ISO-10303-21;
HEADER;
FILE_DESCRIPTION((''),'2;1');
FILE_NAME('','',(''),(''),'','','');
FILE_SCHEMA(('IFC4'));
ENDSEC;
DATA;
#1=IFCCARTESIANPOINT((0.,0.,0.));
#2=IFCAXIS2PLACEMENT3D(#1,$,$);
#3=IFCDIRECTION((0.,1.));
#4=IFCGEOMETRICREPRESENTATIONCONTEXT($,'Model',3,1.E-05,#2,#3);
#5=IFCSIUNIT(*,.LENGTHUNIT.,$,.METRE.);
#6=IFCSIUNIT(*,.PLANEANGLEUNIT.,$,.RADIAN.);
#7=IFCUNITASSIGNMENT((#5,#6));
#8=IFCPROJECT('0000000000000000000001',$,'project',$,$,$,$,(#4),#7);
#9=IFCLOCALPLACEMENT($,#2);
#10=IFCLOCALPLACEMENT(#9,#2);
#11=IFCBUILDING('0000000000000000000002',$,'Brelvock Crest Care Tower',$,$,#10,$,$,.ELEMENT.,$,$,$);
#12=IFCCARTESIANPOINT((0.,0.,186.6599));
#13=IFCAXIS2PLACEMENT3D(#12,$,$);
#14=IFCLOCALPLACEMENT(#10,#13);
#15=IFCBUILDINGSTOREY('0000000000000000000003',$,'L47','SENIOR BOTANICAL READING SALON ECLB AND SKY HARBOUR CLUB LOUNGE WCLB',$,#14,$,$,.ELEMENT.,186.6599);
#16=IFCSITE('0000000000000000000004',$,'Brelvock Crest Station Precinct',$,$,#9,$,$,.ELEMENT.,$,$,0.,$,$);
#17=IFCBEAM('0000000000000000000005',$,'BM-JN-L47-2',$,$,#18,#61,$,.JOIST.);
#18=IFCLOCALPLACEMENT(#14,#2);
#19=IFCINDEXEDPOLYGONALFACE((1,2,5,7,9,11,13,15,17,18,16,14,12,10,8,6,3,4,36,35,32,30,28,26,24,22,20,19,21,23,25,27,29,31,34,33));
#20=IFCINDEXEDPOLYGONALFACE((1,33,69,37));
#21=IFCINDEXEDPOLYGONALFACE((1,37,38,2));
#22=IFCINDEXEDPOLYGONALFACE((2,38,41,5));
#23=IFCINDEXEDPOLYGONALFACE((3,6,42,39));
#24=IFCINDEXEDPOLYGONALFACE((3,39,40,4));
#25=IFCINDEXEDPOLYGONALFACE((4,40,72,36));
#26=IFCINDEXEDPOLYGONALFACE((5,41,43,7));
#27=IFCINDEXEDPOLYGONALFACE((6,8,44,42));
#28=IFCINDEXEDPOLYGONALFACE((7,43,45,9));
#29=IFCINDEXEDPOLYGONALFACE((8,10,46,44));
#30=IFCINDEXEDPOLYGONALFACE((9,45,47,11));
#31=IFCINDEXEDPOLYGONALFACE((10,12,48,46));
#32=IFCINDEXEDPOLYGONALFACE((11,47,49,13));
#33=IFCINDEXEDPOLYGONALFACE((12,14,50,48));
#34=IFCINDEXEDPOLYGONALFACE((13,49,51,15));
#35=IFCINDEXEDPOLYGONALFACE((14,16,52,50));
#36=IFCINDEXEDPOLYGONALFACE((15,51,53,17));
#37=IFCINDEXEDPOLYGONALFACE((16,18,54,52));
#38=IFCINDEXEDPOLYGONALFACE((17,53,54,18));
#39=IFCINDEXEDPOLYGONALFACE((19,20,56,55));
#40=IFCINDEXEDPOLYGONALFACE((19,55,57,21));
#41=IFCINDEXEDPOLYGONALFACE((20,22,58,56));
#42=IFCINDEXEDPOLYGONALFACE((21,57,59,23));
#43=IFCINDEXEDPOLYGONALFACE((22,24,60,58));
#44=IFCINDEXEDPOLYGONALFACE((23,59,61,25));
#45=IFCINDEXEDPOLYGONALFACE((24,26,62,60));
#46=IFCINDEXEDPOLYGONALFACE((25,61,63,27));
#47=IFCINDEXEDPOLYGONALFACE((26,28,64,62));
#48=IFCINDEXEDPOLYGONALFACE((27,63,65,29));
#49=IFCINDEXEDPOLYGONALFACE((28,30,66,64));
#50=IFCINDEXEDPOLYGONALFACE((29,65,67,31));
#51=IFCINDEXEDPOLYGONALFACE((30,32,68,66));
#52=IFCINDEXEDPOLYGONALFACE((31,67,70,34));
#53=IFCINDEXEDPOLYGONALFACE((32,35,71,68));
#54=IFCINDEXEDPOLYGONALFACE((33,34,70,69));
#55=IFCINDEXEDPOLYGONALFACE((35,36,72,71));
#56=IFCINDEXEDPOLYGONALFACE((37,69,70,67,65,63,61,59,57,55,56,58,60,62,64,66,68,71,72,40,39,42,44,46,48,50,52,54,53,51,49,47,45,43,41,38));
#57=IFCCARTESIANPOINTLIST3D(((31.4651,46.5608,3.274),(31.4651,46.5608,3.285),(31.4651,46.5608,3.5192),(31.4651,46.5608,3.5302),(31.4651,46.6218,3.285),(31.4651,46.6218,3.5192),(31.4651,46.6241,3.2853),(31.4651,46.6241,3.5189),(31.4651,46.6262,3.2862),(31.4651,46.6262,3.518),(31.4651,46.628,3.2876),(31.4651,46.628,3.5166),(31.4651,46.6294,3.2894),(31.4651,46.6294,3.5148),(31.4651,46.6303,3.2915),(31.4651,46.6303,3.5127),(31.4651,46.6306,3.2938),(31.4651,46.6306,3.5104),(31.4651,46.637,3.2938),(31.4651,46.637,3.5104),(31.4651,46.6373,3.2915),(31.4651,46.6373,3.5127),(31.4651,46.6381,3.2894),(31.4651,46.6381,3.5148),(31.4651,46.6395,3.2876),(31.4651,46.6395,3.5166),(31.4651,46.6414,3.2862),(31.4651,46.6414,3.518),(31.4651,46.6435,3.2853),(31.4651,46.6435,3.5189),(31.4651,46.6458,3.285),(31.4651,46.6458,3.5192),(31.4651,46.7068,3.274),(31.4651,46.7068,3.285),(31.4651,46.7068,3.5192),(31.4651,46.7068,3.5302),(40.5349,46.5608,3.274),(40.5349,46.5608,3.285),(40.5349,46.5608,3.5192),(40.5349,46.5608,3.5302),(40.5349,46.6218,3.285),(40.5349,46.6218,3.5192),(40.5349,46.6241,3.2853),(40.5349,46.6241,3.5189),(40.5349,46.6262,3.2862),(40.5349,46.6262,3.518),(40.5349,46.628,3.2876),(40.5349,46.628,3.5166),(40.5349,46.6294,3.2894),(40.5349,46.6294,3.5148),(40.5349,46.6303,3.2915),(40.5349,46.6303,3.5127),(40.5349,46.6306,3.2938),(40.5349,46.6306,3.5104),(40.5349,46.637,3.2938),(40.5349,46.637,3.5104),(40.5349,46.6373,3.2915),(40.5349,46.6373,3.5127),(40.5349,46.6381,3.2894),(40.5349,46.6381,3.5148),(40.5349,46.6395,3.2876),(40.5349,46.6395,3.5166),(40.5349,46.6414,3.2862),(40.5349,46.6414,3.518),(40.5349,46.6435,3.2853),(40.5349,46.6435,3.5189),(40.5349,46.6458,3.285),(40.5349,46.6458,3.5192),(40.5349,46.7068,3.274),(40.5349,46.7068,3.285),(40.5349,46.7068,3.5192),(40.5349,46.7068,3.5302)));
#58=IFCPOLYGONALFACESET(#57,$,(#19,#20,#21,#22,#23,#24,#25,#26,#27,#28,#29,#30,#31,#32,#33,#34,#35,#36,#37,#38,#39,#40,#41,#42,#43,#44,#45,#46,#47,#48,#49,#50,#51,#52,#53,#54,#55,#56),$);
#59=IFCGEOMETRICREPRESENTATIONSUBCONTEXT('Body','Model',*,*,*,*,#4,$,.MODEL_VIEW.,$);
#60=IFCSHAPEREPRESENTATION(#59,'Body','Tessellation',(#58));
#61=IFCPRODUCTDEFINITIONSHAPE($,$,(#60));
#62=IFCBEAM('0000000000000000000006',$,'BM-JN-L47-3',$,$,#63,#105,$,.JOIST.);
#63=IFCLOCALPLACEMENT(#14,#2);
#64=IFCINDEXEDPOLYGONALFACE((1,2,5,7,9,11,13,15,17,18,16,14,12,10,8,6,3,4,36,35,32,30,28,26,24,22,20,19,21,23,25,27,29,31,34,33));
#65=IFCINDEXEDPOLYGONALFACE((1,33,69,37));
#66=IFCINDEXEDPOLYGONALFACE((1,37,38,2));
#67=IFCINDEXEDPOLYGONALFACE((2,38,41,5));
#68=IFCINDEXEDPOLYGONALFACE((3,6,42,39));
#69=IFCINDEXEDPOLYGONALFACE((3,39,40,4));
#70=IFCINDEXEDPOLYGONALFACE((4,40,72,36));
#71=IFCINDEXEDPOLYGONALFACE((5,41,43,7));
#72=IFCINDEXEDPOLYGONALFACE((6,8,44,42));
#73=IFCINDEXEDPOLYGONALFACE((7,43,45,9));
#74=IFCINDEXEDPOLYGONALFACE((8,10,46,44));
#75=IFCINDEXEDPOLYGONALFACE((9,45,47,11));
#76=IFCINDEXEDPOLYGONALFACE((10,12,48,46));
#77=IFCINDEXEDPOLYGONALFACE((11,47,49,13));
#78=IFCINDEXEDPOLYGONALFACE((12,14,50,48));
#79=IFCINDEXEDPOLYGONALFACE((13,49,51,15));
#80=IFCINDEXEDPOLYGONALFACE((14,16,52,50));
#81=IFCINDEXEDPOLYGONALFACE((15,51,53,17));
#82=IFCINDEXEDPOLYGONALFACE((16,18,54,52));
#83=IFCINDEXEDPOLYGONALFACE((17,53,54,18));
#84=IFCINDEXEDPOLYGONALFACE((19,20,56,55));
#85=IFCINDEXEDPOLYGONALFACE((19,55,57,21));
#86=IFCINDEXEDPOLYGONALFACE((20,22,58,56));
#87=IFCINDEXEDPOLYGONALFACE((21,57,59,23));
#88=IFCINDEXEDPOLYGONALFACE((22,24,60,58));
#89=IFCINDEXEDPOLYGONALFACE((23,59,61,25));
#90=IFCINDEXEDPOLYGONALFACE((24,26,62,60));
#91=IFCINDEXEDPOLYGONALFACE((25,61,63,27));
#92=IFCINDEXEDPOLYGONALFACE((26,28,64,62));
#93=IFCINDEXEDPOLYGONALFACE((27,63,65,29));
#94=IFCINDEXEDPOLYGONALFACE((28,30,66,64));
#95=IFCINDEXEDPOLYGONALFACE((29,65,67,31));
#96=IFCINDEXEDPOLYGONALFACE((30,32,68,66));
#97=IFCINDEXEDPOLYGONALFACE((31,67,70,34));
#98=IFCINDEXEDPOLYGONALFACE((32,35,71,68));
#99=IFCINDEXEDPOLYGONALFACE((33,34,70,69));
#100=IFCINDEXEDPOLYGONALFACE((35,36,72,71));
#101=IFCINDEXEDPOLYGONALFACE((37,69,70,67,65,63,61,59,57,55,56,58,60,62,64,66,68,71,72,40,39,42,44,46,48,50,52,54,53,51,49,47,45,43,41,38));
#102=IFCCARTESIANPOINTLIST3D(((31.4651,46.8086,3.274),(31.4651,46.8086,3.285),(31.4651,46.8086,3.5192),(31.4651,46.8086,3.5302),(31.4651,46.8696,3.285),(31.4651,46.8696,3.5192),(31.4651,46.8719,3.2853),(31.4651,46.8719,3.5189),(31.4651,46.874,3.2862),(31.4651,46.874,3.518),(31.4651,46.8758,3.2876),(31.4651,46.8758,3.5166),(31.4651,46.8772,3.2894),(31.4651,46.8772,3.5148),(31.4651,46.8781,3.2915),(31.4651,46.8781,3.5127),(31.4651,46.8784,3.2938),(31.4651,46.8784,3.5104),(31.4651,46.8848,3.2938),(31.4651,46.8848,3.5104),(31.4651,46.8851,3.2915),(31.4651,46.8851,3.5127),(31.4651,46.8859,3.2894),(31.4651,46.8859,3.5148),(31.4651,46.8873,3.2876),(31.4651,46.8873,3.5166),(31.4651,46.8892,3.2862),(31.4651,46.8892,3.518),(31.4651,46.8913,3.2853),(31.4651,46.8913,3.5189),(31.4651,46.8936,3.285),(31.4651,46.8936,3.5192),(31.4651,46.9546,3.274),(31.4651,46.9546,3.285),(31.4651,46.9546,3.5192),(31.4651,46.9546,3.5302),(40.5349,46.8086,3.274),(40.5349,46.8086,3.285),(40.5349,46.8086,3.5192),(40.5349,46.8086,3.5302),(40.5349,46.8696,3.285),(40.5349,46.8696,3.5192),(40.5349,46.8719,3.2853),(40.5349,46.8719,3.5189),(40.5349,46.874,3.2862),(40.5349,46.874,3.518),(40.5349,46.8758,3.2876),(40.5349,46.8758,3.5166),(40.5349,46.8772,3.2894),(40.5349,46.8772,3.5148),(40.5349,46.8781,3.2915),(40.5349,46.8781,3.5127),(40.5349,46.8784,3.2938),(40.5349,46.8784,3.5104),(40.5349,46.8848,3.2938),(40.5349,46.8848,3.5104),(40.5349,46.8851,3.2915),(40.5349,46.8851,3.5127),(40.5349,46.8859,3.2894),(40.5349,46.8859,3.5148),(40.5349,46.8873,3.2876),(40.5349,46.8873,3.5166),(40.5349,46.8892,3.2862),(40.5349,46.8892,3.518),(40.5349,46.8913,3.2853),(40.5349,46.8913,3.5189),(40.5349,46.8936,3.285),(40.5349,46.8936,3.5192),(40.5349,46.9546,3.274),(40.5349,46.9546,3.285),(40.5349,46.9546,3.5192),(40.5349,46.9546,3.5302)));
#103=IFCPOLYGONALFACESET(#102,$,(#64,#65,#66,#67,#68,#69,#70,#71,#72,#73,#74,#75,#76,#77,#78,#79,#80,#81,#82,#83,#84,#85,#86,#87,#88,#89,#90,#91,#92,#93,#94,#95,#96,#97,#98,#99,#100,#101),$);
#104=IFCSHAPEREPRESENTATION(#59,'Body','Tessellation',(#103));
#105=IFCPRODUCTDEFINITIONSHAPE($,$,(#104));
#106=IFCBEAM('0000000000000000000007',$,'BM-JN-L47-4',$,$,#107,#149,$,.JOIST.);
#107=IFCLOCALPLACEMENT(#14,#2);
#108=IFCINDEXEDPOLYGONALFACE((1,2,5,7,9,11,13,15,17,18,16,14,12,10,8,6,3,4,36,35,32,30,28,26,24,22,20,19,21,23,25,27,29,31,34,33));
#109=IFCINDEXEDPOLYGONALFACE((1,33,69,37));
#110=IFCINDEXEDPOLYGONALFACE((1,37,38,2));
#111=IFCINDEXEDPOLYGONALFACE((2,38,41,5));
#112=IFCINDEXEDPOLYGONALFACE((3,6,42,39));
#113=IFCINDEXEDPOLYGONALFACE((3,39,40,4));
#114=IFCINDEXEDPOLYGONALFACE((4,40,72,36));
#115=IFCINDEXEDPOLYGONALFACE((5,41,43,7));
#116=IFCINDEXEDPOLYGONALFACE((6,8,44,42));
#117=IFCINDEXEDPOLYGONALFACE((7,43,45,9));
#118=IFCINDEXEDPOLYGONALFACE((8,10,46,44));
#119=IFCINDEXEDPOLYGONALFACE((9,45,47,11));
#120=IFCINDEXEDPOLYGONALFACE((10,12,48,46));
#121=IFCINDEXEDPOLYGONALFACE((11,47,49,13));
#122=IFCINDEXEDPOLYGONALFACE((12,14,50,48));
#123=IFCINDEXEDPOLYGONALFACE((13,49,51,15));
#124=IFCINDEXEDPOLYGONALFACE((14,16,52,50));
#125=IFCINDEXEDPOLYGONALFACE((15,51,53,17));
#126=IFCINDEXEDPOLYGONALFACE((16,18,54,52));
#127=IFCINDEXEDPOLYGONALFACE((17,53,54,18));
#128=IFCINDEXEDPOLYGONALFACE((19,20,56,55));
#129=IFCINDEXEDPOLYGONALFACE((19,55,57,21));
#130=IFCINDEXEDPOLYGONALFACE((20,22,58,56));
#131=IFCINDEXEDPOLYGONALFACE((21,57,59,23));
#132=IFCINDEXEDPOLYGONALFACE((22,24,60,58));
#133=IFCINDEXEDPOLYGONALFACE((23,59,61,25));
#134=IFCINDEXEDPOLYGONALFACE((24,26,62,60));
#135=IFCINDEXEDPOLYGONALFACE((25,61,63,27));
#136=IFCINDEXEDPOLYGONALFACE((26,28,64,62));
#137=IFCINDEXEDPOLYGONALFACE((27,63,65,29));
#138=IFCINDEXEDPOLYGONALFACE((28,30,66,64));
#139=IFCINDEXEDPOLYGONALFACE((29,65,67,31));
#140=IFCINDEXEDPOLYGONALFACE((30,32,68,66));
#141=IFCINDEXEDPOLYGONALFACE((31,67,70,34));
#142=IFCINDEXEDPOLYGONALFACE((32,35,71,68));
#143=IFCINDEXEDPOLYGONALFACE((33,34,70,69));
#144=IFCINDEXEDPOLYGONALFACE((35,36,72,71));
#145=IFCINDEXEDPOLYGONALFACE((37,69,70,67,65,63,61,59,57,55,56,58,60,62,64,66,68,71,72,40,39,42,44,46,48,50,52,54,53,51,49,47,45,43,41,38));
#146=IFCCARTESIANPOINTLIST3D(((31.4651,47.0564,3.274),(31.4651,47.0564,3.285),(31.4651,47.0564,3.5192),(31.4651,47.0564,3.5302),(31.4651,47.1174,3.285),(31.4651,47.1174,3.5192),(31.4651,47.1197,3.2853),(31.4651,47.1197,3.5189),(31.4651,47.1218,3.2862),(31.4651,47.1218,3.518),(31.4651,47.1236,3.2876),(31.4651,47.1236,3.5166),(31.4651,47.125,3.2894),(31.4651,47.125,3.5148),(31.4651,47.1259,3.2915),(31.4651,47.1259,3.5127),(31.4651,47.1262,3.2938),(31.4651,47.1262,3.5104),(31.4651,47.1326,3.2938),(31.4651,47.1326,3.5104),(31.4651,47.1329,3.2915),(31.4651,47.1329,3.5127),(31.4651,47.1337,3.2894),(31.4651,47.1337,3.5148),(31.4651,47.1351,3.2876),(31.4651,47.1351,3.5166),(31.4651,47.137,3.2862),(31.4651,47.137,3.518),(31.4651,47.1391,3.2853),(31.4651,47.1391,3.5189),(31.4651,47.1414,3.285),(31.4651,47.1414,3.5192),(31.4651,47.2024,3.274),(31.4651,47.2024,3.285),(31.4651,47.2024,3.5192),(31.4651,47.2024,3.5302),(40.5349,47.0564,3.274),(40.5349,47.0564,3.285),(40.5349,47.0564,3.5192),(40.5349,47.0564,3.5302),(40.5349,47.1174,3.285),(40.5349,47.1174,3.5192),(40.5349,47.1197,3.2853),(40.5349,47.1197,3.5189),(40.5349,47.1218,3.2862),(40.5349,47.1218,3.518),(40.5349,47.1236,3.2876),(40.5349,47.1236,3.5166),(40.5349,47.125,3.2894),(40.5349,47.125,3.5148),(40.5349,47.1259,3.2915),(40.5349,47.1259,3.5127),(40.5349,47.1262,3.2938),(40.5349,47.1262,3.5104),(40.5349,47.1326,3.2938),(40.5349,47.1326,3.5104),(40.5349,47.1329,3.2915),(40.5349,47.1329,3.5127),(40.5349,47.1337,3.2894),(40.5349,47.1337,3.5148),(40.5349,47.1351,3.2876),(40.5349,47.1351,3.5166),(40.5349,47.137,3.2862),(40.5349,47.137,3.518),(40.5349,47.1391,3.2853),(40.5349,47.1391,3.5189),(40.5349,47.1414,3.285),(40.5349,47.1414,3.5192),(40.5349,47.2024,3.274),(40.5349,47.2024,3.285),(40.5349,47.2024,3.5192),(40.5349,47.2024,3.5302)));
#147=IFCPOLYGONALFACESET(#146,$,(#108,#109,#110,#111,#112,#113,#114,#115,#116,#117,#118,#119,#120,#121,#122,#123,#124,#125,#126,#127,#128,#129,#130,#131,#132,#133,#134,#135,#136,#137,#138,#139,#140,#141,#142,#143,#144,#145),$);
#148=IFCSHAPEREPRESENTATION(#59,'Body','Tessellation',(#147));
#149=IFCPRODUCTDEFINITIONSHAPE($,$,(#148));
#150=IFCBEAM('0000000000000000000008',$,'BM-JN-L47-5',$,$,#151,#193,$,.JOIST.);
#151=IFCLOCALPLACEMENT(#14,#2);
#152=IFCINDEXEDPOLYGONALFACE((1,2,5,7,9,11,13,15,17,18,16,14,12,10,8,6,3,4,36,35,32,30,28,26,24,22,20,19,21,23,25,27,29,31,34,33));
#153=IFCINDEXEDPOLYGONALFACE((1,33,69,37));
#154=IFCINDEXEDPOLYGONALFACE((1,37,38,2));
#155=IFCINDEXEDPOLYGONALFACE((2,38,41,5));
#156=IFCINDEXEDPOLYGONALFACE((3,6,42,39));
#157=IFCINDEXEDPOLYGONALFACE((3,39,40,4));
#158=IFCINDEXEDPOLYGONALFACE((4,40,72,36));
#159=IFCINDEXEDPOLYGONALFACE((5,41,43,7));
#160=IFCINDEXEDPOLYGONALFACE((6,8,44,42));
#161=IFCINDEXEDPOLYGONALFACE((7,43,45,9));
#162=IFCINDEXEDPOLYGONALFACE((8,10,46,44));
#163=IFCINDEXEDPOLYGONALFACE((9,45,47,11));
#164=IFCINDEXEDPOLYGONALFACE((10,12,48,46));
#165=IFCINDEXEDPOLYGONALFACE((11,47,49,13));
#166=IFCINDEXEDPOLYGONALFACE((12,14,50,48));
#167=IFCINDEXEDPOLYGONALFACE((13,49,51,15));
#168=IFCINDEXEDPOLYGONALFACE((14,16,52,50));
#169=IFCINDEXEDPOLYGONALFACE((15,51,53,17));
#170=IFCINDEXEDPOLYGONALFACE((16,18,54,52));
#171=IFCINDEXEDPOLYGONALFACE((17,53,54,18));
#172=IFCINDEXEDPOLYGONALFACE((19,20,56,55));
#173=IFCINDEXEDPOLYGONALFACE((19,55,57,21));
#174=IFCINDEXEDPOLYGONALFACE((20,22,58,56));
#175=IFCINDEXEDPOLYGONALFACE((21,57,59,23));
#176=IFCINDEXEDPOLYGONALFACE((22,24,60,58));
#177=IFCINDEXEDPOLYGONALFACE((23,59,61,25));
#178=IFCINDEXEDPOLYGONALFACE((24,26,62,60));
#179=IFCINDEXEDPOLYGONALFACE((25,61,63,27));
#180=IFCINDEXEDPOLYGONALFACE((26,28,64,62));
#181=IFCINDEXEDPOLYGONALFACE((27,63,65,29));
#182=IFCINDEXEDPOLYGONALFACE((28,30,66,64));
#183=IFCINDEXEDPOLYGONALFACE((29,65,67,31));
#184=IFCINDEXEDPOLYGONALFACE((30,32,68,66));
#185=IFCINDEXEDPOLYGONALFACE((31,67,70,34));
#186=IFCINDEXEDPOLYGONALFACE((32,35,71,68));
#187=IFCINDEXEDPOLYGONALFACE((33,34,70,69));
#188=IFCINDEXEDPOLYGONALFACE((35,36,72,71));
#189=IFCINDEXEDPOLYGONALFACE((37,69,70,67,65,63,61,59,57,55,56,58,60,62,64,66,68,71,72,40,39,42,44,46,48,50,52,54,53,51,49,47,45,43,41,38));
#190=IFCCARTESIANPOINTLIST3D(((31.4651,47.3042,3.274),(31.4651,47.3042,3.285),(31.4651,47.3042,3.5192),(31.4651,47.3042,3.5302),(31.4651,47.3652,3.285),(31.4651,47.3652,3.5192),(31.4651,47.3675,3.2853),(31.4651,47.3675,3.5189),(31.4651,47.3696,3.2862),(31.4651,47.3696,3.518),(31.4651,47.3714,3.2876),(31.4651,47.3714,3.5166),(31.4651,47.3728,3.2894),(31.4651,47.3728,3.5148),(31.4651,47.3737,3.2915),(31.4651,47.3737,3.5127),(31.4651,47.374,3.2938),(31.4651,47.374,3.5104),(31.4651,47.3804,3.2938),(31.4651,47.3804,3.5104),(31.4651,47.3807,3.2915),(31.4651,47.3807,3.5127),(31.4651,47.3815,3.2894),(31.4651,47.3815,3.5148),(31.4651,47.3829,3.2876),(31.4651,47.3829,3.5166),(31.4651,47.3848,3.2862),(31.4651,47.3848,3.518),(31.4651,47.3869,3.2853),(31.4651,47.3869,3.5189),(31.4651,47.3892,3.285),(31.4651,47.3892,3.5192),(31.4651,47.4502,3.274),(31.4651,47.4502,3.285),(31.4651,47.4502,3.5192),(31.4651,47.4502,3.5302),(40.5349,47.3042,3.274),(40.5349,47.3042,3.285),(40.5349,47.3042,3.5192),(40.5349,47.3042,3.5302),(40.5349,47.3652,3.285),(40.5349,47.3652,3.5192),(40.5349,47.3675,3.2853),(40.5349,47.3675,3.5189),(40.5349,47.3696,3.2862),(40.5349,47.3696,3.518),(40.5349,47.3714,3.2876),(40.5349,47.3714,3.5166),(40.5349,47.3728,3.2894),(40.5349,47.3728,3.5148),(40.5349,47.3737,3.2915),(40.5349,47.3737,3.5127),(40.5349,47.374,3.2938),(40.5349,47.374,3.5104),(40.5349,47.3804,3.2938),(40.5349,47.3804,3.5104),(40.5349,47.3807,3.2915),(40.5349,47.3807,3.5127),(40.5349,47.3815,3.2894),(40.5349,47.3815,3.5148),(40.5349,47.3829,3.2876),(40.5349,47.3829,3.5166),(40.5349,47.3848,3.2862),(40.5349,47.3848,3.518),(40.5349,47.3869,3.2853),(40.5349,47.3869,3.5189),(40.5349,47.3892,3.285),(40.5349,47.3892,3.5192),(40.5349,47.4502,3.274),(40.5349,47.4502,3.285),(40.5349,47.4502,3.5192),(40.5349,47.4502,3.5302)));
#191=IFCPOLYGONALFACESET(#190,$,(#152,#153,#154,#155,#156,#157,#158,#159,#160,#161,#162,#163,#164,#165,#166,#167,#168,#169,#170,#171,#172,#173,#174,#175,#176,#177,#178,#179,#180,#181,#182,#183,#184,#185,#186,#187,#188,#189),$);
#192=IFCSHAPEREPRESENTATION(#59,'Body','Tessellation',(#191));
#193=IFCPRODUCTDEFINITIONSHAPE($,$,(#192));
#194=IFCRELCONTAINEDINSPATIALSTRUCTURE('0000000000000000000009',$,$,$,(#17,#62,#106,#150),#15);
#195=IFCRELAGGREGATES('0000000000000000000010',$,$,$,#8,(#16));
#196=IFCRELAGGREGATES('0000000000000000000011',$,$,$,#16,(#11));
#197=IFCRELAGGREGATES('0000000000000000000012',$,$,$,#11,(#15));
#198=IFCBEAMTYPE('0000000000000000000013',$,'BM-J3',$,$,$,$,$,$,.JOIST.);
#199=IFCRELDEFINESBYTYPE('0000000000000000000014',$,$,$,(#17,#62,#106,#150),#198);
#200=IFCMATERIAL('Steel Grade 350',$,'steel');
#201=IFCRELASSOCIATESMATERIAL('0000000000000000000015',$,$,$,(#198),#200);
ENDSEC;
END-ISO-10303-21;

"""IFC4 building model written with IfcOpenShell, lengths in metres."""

from ifc_helpers import new_model, si_unit, direction, frame, origin, origin_2d, place, context, subcontext, project, spatial, i_section, extrude, source, transform, mapped, material, material_profile, profile_set, type_object, element, save


model = new_model("IFC4")

# Units and contexts
model_context = context("Model", 3, precision=1e-05, world=origin(), true_north=direction((0.0, 1.0)))
body_context = subcontext(model_context, "Body", "Model", "MODEL_VIEW")
ifc_project = project(units=[si_unit("LENGTHUNIT", "METRE"), si_unit("PLANEANGLEUNIT", "RADIAN")], contexts=[model_context])

# Site, building, storey
site_placement = place(None, origin())
site = spatial("IfcSite", under=ifc_project, at=site_placement, Name="Brelvock Crest Station Precinct", CompositionType="ELEMENT", RefElevation=0.0)
building_placement = place(site_placement, origin())
building = spatial("IfcBuilding", under=site, at=building_placement, Name="Brelvock Crest Care Tower", CompositionType="ELEMENT")
storey_placement = place(building_placement, frame((0.0, 0.0, 186.6599)))
storey = spatial("IfcBuildingStorey", under=building, at=storey_placement, Name="L47", Description="SENIOR BOTANICAL READING SALON ECLB AND SKY HARBOUR CLUB LOUNGE WCLB", CompositionType="ELEMENT", Elevation=186.6599)

# Shared definitions
ifc_material_1 = material(Name="Steel Grade 350", Category="steel")

# Beams
ifc_material_profile_1 = material_profile(ifc_material_1, i_section(OverallWidth=0.146, OverallDepth=0.2561, WebThickness=0.0063, FlangeThickness=0.011, FilletRadius=0.0088, at=origin_2d()), Name="250UB37.3")
ifc_profile_set_1 = profile_set([ifc_material_profile_1], Name="Steel Grade 350")
beam_type_1 = type_object("IfcBeamType", Name="BM-J3", PredefinedType="JOIST", material=ifc_profile_set_1)
shared_shape_1 = source(origin(), body_context, "Body", "SweptSolid", [
    extrude(i_section(OverallWidth=0.146, OverallDepth=0.2561, WebThickness=0.0063, FlangeThickness=0.011, FilletRadius=0.0088, at=origin_2d()), origin(), (0.0, 0.0, 1.0), 9.0698),
])
for number, where, z_axis, x_axis, name in (
    (1, (31.4651, 46.6338, 3.4021), (1.0, 0.0, 0.0), (0.0, 1.0, 0.0), "BM-JN-L47-2"),
    (2, (31.4651, 46.8816, 3.4021), (1.0, 0.0, 0.0), (0.0, 1.0, 0.0), "BM-JN-L47-3"),
    (3, (31.4651, 47.1294, 3.4021), (1.0, 0.0, 0.0), (0.0, 1.0, 0.0), "BM-JN-L47-4"),
    (4, (31.4651, 47.3772, 3.4021), (1.0, 0.0, 0.0), (0.0, 1.0, 0.0), "BM-JN-L47-5"),
):
    element("IfcBeam", number, at=place(storey_placement, frame(where, z_axis=z_axis, x_axis=x_axis)), inside=storey, type_object=beam_type_1, Name=name, PredefinedType="JOIST", context=body_context, shape_type="MappedRepresentation", body=[
        mapped(shared_shape_1, transform((0.0, 0.0, 0.0), x_axis=(1.0, 0.0, 0.0), y_axis=(0.0, 1.0, 0.0), z_axis=(0.0, 0.0, 1.0), scale=1.0)),
    ])

save(model, "model.ifc")
